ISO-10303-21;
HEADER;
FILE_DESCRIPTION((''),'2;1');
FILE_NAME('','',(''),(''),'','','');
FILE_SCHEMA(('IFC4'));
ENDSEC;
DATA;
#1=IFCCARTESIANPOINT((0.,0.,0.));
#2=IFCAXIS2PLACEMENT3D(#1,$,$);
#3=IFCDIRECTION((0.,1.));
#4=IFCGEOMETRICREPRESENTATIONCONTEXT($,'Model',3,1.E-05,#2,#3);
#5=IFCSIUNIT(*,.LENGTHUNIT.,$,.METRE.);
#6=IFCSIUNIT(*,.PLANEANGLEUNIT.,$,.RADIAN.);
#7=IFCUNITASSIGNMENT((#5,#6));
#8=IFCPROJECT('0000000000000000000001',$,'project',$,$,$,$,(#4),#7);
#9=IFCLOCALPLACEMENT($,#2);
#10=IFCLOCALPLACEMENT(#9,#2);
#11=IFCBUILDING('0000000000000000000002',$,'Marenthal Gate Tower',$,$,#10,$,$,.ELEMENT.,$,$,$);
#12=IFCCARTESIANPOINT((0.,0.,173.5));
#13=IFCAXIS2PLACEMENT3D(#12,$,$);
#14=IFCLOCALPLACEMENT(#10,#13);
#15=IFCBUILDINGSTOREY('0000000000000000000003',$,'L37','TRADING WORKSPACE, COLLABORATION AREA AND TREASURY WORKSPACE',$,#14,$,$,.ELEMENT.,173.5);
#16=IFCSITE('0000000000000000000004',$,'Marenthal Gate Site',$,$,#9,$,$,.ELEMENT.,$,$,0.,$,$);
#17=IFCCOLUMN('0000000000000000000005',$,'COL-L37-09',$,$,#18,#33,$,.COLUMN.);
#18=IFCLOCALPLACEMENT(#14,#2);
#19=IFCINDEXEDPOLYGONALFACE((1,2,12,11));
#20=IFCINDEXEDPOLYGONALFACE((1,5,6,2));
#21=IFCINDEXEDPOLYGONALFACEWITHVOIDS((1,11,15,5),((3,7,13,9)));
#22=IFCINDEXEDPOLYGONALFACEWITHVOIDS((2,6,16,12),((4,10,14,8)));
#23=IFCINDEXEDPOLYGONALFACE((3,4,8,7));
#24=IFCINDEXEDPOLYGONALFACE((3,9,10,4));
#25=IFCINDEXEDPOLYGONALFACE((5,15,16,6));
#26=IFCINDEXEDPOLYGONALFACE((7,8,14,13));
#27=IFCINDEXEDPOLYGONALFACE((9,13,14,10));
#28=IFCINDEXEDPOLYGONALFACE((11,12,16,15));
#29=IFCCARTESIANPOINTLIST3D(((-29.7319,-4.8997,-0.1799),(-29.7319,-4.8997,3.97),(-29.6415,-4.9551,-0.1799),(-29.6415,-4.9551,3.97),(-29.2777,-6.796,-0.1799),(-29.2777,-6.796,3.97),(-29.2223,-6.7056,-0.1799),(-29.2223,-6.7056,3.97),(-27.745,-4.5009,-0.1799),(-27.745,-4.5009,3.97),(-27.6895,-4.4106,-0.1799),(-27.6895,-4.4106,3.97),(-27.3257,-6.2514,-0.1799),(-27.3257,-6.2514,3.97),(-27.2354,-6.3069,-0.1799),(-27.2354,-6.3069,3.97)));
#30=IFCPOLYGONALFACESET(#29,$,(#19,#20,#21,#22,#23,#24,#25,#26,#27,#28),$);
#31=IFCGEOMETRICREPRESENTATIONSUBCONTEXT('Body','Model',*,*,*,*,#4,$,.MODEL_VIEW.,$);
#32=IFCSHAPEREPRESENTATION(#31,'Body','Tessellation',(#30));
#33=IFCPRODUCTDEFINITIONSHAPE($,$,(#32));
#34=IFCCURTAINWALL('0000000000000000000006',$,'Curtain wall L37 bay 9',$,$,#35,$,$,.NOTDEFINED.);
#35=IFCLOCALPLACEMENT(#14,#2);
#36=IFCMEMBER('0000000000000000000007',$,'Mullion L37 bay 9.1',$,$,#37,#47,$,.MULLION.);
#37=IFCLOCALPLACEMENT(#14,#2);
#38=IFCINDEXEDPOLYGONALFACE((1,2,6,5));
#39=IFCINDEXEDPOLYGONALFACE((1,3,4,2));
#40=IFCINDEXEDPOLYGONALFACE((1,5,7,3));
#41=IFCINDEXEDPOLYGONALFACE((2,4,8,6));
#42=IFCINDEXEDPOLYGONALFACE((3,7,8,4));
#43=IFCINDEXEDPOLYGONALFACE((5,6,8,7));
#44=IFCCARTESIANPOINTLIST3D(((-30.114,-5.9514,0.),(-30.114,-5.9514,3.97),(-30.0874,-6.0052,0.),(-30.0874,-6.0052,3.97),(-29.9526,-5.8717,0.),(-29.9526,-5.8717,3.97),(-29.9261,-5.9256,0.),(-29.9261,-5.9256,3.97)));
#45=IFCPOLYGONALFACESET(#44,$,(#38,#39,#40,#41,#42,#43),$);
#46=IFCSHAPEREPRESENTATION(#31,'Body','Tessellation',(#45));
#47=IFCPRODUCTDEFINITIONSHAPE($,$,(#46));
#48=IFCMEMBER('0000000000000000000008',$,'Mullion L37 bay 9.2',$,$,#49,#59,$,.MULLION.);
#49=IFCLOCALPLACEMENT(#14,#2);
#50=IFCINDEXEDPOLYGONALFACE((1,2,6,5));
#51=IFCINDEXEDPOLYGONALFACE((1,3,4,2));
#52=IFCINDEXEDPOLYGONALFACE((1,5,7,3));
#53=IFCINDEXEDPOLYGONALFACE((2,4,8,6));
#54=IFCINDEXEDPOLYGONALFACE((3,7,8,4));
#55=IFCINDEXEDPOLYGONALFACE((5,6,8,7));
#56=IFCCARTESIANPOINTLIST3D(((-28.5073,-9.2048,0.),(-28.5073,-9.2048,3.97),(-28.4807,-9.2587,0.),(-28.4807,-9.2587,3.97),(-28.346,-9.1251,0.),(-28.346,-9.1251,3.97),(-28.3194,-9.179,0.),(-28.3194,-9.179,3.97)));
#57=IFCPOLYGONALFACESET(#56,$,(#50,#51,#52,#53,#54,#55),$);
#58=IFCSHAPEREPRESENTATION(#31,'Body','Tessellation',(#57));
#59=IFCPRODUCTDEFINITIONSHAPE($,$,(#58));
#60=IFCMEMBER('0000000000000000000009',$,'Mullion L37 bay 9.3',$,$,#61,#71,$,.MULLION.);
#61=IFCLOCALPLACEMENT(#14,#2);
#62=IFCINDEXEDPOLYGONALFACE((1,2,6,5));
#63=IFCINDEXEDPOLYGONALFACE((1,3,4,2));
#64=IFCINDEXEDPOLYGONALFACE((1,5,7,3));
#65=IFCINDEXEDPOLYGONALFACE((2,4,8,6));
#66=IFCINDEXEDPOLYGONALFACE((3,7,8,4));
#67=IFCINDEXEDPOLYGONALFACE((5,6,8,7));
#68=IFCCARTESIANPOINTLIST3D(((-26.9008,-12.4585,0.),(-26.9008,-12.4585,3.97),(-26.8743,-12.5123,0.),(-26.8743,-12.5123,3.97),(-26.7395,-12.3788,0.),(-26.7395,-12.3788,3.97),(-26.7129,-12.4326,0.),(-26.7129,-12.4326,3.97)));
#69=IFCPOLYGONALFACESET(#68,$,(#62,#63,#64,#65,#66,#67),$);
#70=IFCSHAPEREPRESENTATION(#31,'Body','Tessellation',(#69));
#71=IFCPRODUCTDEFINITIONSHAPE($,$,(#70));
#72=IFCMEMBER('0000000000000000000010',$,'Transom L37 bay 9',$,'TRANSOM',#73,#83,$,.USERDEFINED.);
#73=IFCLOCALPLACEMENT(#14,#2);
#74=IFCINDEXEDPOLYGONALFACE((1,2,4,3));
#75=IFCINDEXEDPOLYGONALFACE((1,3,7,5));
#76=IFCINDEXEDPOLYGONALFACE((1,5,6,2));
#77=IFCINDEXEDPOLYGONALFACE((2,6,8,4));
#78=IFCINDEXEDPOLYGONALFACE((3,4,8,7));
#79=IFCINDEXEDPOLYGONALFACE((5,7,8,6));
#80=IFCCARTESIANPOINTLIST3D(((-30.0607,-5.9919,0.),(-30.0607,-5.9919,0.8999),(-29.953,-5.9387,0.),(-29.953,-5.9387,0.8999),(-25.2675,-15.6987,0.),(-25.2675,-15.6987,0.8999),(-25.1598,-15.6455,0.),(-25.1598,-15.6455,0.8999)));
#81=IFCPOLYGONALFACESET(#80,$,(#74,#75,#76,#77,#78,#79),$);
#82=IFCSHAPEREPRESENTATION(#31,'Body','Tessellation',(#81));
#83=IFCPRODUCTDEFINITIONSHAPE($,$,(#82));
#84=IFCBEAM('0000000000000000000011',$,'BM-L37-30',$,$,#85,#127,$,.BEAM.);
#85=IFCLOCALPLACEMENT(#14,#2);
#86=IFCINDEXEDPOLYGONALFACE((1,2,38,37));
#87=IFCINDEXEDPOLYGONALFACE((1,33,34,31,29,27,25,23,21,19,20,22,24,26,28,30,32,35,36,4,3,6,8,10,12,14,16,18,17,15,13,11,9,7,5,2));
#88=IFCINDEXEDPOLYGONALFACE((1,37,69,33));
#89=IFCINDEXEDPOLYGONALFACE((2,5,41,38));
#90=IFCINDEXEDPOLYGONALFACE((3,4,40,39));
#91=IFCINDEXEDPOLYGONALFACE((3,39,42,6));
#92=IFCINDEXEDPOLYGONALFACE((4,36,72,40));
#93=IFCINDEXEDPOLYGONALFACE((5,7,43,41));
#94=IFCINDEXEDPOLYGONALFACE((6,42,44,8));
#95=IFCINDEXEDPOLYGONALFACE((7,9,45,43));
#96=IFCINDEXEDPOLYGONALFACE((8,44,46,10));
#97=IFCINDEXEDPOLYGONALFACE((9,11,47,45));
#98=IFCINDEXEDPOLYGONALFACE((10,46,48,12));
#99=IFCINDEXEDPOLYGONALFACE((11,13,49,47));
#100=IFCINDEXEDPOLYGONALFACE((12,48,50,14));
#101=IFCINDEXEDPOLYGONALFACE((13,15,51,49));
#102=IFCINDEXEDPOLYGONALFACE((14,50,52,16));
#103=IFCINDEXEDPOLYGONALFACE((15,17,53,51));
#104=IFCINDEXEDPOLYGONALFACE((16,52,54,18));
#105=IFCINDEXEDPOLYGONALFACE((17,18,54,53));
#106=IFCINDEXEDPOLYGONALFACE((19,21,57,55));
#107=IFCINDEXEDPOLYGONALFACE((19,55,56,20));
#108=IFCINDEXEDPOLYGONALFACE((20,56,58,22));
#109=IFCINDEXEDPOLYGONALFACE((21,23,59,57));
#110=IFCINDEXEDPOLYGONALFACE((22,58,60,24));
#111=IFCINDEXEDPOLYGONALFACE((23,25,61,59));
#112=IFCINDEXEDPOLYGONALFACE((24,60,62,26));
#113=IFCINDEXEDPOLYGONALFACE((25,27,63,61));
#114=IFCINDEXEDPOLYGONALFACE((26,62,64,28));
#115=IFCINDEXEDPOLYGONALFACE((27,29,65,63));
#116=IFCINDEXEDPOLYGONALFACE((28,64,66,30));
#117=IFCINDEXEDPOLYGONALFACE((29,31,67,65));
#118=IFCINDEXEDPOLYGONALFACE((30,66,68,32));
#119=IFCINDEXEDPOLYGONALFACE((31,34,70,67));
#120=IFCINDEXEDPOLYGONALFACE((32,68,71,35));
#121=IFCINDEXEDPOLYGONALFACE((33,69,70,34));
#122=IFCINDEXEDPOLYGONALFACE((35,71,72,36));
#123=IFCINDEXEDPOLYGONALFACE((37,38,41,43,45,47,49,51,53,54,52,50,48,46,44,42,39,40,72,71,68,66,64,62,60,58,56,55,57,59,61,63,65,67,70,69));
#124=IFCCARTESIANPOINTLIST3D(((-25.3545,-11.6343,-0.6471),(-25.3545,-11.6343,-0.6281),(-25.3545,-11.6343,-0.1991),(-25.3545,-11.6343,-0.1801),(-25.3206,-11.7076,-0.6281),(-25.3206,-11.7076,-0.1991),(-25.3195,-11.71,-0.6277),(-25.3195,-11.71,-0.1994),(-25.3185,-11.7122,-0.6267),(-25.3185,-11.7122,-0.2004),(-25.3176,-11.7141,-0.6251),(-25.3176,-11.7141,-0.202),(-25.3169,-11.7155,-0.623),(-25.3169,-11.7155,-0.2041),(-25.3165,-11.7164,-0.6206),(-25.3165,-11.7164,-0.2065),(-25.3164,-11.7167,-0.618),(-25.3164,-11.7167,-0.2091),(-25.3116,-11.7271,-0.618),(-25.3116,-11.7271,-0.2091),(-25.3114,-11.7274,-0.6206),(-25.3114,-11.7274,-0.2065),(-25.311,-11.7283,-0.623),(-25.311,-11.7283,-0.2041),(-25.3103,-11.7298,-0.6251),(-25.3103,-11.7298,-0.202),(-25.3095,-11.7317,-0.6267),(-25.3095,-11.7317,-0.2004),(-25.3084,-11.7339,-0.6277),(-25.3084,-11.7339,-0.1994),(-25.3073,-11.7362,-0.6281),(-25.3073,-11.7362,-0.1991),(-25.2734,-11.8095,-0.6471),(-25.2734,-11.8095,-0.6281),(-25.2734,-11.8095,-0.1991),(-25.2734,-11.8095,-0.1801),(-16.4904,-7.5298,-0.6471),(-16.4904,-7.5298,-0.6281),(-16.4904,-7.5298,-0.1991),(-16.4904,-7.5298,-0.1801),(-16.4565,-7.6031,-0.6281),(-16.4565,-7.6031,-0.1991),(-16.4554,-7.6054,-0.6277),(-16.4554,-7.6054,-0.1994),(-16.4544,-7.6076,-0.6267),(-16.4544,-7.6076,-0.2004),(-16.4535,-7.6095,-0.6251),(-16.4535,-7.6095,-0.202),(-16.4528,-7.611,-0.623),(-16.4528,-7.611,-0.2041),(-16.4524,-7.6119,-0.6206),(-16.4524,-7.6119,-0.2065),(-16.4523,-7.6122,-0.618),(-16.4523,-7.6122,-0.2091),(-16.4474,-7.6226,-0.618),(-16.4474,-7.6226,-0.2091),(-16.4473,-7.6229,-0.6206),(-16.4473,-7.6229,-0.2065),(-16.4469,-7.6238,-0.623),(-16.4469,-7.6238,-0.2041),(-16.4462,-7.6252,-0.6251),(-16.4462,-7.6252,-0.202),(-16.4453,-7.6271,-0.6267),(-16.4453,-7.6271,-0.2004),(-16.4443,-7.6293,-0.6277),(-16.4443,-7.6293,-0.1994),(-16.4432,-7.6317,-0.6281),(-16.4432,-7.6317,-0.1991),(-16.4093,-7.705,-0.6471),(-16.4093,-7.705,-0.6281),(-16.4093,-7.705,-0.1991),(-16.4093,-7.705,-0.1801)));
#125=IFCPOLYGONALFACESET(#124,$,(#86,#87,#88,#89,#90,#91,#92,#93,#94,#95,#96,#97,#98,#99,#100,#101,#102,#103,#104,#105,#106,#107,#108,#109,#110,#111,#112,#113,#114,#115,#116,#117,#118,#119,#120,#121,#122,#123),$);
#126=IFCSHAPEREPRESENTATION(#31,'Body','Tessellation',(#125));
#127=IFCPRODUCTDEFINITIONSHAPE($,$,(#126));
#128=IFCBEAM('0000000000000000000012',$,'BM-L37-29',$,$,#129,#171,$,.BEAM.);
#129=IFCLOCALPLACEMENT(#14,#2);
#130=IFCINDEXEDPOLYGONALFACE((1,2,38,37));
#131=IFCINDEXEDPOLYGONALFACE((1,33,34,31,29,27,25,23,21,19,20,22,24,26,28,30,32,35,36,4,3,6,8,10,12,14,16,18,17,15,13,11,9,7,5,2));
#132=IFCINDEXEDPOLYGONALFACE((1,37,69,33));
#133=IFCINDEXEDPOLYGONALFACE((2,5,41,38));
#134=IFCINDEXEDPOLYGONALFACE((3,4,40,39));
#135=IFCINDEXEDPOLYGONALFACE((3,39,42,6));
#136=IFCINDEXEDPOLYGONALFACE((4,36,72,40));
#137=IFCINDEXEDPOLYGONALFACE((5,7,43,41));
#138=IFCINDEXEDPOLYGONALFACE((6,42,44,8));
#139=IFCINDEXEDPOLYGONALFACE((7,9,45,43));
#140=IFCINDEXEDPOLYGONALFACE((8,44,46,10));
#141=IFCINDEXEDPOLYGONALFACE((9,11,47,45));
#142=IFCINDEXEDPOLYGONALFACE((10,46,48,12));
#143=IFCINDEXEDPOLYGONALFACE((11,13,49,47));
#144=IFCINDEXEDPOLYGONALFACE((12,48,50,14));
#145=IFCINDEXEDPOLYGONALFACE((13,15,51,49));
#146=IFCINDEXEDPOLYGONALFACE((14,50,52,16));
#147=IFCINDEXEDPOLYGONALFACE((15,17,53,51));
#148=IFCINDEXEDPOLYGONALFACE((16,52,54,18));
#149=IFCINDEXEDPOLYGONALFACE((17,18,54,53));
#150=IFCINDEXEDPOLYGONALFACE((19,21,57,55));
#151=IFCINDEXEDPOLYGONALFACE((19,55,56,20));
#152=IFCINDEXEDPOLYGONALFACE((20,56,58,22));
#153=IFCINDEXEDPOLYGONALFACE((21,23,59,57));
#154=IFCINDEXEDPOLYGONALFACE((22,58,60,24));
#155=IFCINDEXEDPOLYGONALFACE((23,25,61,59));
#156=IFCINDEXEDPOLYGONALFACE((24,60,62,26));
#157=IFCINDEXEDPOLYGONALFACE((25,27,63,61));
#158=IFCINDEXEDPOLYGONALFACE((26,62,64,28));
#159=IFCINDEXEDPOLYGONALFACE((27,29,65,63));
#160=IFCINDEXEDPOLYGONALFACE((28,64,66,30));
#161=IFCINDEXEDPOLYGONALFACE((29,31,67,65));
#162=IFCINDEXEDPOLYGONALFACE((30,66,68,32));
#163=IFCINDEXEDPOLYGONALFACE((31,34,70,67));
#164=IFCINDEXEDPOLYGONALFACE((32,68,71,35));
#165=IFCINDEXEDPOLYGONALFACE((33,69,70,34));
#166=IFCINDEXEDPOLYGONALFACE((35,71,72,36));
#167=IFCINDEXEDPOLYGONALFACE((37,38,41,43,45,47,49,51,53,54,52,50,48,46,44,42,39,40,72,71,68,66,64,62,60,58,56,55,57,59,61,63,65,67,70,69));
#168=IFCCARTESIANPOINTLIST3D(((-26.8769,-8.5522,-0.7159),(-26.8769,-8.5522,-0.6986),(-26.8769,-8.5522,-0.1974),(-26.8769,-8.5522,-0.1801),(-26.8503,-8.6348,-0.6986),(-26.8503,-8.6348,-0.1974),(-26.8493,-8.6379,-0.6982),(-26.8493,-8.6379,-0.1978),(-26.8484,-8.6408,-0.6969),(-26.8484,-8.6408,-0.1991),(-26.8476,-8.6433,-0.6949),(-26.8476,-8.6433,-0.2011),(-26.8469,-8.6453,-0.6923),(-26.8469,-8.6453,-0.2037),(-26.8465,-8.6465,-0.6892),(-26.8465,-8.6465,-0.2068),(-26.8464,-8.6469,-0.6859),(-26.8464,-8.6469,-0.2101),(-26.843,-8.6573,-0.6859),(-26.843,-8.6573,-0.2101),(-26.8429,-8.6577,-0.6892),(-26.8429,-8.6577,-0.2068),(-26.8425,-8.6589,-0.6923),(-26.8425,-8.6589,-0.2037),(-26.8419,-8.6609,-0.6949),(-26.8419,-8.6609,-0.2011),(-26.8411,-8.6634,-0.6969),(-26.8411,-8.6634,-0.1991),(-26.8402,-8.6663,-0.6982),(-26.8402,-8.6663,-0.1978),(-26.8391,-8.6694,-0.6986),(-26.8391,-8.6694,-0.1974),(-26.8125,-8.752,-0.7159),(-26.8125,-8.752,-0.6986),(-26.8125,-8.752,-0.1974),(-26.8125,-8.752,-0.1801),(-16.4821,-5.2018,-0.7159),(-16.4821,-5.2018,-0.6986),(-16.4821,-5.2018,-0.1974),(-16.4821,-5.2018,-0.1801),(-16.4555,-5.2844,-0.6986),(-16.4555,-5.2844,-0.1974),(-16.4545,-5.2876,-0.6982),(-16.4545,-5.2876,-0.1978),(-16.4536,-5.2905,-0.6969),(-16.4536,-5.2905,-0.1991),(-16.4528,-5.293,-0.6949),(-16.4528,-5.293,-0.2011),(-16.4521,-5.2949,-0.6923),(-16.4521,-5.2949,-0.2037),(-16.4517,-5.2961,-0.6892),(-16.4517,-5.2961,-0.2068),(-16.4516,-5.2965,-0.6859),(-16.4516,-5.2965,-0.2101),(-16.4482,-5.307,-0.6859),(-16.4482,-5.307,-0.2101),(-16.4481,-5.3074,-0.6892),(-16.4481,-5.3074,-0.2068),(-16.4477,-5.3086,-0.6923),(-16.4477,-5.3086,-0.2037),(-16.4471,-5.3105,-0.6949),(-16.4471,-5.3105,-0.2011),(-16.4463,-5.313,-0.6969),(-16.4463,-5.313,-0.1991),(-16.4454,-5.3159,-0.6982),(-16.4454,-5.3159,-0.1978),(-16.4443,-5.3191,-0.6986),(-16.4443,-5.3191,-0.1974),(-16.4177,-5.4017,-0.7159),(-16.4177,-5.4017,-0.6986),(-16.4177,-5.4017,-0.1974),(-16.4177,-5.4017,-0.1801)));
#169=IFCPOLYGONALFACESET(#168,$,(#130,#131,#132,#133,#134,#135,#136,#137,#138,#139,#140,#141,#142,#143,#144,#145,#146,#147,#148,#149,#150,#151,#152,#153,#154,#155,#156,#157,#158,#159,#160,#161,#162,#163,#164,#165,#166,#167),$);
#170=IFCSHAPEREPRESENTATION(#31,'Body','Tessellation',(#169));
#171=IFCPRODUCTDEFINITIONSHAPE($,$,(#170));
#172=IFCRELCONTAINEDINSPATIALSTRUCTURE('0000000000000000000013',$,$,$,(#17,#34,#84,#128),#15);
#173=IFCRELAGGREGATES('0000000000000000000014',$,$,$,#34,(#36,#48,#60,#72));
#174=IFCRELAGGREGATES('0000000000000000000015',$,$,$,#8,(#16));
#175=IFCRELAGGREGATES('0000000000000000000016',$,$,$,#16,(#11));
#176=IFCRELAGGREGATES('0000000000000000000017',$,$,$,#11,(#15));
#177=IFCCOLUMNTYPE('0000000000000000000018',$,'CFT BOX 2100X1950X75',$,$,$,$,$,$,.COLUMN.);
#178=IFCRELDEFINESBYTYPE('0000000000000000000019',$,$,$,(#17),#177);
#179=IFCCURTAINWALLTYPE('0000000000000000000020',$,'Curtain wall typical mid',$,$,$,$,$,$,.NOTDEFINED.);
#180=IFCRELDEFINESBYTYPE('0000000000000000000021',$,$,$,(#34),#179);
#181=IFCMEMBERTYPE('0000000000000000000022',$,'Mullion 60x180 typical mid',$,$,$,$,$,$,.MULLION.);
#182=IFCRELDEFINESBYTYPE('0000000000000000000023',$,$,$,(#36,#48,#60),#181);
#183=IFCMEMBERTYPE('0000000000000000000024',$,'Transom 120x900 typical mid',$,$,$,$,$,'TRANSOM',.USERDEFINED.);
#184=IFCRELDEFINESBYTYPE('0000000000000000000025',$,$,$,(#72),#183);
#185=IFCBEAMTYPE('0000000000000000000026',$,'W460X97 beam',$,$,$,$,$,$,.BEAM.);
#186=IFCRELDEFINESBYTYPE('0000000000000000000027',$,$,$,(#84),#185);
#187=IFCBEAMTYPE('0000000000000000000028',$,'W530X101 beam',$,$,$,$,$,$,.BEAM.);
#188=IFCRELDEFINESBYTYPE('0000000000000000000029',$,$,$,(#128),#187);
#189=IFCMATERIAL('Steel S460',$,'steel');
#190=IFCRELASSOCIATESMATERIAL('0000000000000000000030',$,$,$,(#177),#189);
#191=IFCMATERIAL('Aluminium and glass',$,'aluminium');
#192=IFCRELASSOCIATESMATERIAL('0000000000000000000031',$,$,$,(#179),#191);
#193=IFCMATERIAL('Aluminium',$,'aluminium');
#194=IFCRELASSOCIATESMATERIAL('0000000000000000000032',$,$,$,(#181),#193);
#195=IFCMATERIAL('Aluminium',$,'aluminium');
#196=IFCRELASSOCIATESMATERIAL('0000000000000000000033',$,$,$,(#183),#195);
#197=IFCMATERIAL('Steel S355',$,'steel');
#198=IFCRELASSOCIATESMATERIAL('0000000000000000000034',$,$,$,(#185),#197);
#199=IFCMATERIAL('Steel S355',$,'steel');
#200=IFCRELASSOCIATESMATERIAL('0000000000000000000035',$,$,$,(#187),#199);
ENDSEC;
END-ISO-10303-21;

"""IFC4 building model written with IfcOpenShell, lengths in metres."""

from ifc_helpers import new_model, si_unit, direction, frame, origin, origin_2d, place, context, subcontext, project, spatial, rectangle, hollow_rectangle, i_section, extrude, material, material_profile, profile_set, type_object, element, aggregate, save


model = new_model("IFC4")

# Units and contexts
model_context = context("Model", 3, precision=1e-05, world=origin(), true_north=direction((0.0, 1.0)))
body_context = subcontext(model_context, "Body", "Model", "MODEL_VIEW")
ifc_project = project(units=[si_unit("LENGTHUNIT", "METRE"), si_unit("PLANEANGLEUNIT", "RADIAN")], contexts=[model_context])

# Site, building, storey
site_placement = place(None, origin())
site = spatial("IfcSite", under=ifc_project, at=site_placement, Name="Marenthal Gate Site", CompositionType="ELEMENT", RefElevation=0.0)
building_placement = place(site_placement, origin())
building = spatial("IfcBuilding", under=site, at=building_placement, Name="Marenthal Gate Tower", CompositionType="ELEMENT")
storey_placement = place(building_placement, frame((0.0, 0.0, 173.5)))
storey = spatial("IfcBuildingStorey", under=building, at=storey_placement, Name="L37", Description="TRADING WORKSPACE, COLLABORATION AREA AND TREASURY WORKSPACE", CompositionType="ELEMENT", Elevation=173.5)

# Column
ifc_material_1 = material(Name="Steel S460", Category="steel")
ifc_material_profile_1 = material_profile(ifc_material_1, hollow_rectangle(XDim=1.95, YDim=2.1001, WallThickness=0.075, at=origin_2d()), Name="CFT BOX 2100X1950X75")
ifc_material_2 = material(Name="Concrete 70 MPa", Category="concrete")
ifc_material_profile_2 = material_profile(ifc_material_2, rectangle(XDim=1.8, YDim=1.95, at=origin_2d()), Name="CFT BOX 2100X1950X75 INFILL")
ifc_profile_set_1 = profile_set([ifc_material_profile_1, ifc_material_profile_2], Name="Steel S460 shell, Concrete 70 MPa infill")
column_type = type_object("IfcColumnType", Name="CFT BOX 2100X1950X75", PredefinedType="COLUMN", material=ifc_profile_set_1)
column_placement = place(storey_placement, frame((-28.4836, -5.6033, -0.1799), z_axis=(0.0, 0.0, 1.0), x_axis=(-0.232899, 0.972501, 0.0)))
element("IfcColumn", 1, at=column_placement, inside=storey, type_object=column_type, Name="COL-L37-09", PredefinedType="COLUMN", context=body_context, shape_type="SweptSolid", body=[
    extrude(hollow_rectangle(XDim=1.95, YDim=2.1001, WallThickness=0.075, at=origin_2d()), origin(), (0.0, 0.0, 1.0), 4.1499),
])

# Curtain wall, members
ifc_material_3 = material(Name="Aluminium and glass", Category="aluminium")
curtain_wall_type = type_object("IfcCurtainWallType", Name="Curtain wall typical mid", PredefinedType="NOTDEFINED", material=ifc_material_3)
curtain_wall_placement = place(storey_placement, origin())
curtain_wall = element("IfcCurtainWall", 2, at=curtain_wall_placement, inside=storey, type_object=curtain_wall_type, Name="Curtain wall L37 bay 9", PredefinedType="NOTDEFINED")
ifc_material_4 = material(Name="Aluminium", Category="aluminium")
ifc_material_profile_3 = material_profile(ifc_material_4, rectangle(XDim=0.1799, YDim=0.0601, at=origin_2d()), Name="60x180 aluminium mullion")
ifc_profile_set_2 = profile_set([ifc_material_profile_3], Name="Aluminium")
member_type_1 = type_object("IfcMemberType", Name="Mullion 60x180 typical mid", PredefinedType="MULLION", material=ifc_profile_set_2)
member_1_placement = place(storey_placement, frame((-30.02, -5.9385, 0.0), z_axis=(0.0, 0.0, 1.0), x_axis=(0.896643, 0.442753, 0.0)))
member_1 = element("IfcMember", 3, at=member_1_placement, type_object=member_type_1, Name="Mullion L37 bay 9.1", PredefinedType="MULLION", context=body_context, shape_type="SweptSolid", body=[
    extrude(rectangle(XDim=0.1799, YDim=0.0601, at=origin_2d()), origin(), (0.0, 0.0, 1.0), 3.97),
])
member_2_placement = place(storey_placement, frame((-28.4133, -9.1919, 0.0), z_axis=(0.0, 0.0, 1.0), x_axis=(0.896643, 0.442753, 0.0)))
member_2 = element("IfcMember", 4, at=member_2_placement, type_object=member_type_1, Name="Mullion L37 bay 9.2", PredefinedType="MULLION", context=body_context, shape_type="SweptSolid", body=[
    extrude(rectangle(XDim=0.1799, YDim=0.0601, at=origin_2d()), origin(), (0.0, 0.0, 1.0), 3.97),
])
member_3_placement = place(storey_placement, frame((-26.8069, -12.4456, 0.0), z_axis=(0.0, 0.0, 1.0), x_axis=(0.896643, 0.442753, 0.0)))
member_3 = element("IfcMember", 5, at=member_3_placement, type_object=member_type_1, Name="Mullion L37 bay 9.3", PredefinedType="MULLION", context=body_context, shape_type="SweptSolid", body=[
    extrude(rectangle(XDim=0.1799, YDim=0.0601, at=origin_2d()), origin(), (0.0, 0.0, 1.0), 3.97),
])
ifc_material_5 = material(Name="Aluminium", Category="aluminium")
ifc_material_profile_4 = material_profile(ifc_material_5, rectangle(XDim=0.1201, YDim=0.8999, at=origin_2d()), Name="120x900 aluminium transom")
ifc_profile_set_3 = profile_set([ifc_material_profile_4], Name="Aluminium")
member_type_2 = type_object("IfcMemberType", Name="Transom 120x900 typical mid", ElementType="TRANSOM", PredefinedType="USERDEFINED", material=ifc_profile_set_3)
member_4_placement = place(storey_placement, frame((-30.0068, -5.9653, 0.45), z_axis=(0.442761, -0.89664, 0.0), x_axis=(0.89664, 0.442761, 0.0)))
member_4 = element("IfcMember", 6, at=member_4_placement, type_object=member_type_2, Name="Transom L37 bay 9", ObjectType="TRANSOM", PredefinedType="USERDEFINED", context=body_context, shape_type="SweptSolid", body=[
    extrude(rectangle(XDim=0.1201, YDim=0.8999, at=origin_2d()), origin(), (0.0, 0.0, 1.0), 10.8257),
])

# Beams
ifc_material_6 = material(Name="Steel S355", Category="steel")
ifc_material_profile_5 = material_profile(ifc_material_6, i_section(OverallWidth=0.1931, OverallDepth=0.467, WebThickness=0.0115, FlangeThickness=0.019, FilletRadius=0.01, at=origin_2d()), Name="W460X97")
ifc_profile_set_4 = profile_set([ifc_material_profile_5], Name="Steel S355")
beam_type_1 = type_object("IfcBeamType", Name="W460X97 beam", PredefinedType="BEAM", material=ifc_profile_set_4)
beam_1_placement = place(storey_placement, frame((-25.314, -11.7219, -0.4136), z_axis=(0.907436, 0.42019, 0.0), x_axis=(-0.42019, 0.907436, 0.0)))
element("IfcBeam", 7, at=beam_1_placement, inside=storey, type_object=beam_type_1, Name="BM-L37-30", PredefinedType="BEAM", context=body_context, shape_type="SweptSolid", body=[
    extrude(i_section(OverallWidth=0.1931, OverallDepth=0.467, WebThickness=0.0115, FlangeThickness=0.019, FilletRadius=0.01, at=origin_2d()), origin(), (0.0, 0.0, 1.0), 9.7683),
])
ifc_material_7 = material(Name="Steel S355", Category="steel")
ifc_material_profile_6 = material_profile(ifc_material_7, i_section(OverallWidth=0.21, OverallDepth=0.5359, WebThickness=0.011, FlangeThickness=0.0173, FilletRadius=0.0127, at=origin_2d()), Name="W530X101")
ifc_profile_set_5 = profile_set([ifc_material_profile_6], Name="Steel S355")
beam_type_2 = type_object("IfcBeamType", Name="W530X101 beam", PredefinedType="BEAM", material=ifc_profile_set_5)
beam_2_placement = place(storey_placement, frame((-26.8447, -8.6521, -0.448), z_axis=(0.951784, 0.30677, 0.0), x_axis=(-0.30677, 0.951784, 0.0)))
element("IfcBeam", 8, at=beam_2_placement, inside=storey, type_object=beam_type_2, Name="BM-L37-29", PredefinedType="BEAM", context=body_context, shape_type="SweptSolid", body=[
    extrude(i_section(OverallWidth=0.21, OverallDepth=0.5359, WebThickness=0.011, FlangeThickness=0.0173, FilletRadius=0.0127, at=origin_2d()), origin(), (0.0, 0.0, 1.0), 10.9214),
])

aggregate(curtain_wall, [member_1, member_2, member_3, member_4])

save(model, "model.ifc")
